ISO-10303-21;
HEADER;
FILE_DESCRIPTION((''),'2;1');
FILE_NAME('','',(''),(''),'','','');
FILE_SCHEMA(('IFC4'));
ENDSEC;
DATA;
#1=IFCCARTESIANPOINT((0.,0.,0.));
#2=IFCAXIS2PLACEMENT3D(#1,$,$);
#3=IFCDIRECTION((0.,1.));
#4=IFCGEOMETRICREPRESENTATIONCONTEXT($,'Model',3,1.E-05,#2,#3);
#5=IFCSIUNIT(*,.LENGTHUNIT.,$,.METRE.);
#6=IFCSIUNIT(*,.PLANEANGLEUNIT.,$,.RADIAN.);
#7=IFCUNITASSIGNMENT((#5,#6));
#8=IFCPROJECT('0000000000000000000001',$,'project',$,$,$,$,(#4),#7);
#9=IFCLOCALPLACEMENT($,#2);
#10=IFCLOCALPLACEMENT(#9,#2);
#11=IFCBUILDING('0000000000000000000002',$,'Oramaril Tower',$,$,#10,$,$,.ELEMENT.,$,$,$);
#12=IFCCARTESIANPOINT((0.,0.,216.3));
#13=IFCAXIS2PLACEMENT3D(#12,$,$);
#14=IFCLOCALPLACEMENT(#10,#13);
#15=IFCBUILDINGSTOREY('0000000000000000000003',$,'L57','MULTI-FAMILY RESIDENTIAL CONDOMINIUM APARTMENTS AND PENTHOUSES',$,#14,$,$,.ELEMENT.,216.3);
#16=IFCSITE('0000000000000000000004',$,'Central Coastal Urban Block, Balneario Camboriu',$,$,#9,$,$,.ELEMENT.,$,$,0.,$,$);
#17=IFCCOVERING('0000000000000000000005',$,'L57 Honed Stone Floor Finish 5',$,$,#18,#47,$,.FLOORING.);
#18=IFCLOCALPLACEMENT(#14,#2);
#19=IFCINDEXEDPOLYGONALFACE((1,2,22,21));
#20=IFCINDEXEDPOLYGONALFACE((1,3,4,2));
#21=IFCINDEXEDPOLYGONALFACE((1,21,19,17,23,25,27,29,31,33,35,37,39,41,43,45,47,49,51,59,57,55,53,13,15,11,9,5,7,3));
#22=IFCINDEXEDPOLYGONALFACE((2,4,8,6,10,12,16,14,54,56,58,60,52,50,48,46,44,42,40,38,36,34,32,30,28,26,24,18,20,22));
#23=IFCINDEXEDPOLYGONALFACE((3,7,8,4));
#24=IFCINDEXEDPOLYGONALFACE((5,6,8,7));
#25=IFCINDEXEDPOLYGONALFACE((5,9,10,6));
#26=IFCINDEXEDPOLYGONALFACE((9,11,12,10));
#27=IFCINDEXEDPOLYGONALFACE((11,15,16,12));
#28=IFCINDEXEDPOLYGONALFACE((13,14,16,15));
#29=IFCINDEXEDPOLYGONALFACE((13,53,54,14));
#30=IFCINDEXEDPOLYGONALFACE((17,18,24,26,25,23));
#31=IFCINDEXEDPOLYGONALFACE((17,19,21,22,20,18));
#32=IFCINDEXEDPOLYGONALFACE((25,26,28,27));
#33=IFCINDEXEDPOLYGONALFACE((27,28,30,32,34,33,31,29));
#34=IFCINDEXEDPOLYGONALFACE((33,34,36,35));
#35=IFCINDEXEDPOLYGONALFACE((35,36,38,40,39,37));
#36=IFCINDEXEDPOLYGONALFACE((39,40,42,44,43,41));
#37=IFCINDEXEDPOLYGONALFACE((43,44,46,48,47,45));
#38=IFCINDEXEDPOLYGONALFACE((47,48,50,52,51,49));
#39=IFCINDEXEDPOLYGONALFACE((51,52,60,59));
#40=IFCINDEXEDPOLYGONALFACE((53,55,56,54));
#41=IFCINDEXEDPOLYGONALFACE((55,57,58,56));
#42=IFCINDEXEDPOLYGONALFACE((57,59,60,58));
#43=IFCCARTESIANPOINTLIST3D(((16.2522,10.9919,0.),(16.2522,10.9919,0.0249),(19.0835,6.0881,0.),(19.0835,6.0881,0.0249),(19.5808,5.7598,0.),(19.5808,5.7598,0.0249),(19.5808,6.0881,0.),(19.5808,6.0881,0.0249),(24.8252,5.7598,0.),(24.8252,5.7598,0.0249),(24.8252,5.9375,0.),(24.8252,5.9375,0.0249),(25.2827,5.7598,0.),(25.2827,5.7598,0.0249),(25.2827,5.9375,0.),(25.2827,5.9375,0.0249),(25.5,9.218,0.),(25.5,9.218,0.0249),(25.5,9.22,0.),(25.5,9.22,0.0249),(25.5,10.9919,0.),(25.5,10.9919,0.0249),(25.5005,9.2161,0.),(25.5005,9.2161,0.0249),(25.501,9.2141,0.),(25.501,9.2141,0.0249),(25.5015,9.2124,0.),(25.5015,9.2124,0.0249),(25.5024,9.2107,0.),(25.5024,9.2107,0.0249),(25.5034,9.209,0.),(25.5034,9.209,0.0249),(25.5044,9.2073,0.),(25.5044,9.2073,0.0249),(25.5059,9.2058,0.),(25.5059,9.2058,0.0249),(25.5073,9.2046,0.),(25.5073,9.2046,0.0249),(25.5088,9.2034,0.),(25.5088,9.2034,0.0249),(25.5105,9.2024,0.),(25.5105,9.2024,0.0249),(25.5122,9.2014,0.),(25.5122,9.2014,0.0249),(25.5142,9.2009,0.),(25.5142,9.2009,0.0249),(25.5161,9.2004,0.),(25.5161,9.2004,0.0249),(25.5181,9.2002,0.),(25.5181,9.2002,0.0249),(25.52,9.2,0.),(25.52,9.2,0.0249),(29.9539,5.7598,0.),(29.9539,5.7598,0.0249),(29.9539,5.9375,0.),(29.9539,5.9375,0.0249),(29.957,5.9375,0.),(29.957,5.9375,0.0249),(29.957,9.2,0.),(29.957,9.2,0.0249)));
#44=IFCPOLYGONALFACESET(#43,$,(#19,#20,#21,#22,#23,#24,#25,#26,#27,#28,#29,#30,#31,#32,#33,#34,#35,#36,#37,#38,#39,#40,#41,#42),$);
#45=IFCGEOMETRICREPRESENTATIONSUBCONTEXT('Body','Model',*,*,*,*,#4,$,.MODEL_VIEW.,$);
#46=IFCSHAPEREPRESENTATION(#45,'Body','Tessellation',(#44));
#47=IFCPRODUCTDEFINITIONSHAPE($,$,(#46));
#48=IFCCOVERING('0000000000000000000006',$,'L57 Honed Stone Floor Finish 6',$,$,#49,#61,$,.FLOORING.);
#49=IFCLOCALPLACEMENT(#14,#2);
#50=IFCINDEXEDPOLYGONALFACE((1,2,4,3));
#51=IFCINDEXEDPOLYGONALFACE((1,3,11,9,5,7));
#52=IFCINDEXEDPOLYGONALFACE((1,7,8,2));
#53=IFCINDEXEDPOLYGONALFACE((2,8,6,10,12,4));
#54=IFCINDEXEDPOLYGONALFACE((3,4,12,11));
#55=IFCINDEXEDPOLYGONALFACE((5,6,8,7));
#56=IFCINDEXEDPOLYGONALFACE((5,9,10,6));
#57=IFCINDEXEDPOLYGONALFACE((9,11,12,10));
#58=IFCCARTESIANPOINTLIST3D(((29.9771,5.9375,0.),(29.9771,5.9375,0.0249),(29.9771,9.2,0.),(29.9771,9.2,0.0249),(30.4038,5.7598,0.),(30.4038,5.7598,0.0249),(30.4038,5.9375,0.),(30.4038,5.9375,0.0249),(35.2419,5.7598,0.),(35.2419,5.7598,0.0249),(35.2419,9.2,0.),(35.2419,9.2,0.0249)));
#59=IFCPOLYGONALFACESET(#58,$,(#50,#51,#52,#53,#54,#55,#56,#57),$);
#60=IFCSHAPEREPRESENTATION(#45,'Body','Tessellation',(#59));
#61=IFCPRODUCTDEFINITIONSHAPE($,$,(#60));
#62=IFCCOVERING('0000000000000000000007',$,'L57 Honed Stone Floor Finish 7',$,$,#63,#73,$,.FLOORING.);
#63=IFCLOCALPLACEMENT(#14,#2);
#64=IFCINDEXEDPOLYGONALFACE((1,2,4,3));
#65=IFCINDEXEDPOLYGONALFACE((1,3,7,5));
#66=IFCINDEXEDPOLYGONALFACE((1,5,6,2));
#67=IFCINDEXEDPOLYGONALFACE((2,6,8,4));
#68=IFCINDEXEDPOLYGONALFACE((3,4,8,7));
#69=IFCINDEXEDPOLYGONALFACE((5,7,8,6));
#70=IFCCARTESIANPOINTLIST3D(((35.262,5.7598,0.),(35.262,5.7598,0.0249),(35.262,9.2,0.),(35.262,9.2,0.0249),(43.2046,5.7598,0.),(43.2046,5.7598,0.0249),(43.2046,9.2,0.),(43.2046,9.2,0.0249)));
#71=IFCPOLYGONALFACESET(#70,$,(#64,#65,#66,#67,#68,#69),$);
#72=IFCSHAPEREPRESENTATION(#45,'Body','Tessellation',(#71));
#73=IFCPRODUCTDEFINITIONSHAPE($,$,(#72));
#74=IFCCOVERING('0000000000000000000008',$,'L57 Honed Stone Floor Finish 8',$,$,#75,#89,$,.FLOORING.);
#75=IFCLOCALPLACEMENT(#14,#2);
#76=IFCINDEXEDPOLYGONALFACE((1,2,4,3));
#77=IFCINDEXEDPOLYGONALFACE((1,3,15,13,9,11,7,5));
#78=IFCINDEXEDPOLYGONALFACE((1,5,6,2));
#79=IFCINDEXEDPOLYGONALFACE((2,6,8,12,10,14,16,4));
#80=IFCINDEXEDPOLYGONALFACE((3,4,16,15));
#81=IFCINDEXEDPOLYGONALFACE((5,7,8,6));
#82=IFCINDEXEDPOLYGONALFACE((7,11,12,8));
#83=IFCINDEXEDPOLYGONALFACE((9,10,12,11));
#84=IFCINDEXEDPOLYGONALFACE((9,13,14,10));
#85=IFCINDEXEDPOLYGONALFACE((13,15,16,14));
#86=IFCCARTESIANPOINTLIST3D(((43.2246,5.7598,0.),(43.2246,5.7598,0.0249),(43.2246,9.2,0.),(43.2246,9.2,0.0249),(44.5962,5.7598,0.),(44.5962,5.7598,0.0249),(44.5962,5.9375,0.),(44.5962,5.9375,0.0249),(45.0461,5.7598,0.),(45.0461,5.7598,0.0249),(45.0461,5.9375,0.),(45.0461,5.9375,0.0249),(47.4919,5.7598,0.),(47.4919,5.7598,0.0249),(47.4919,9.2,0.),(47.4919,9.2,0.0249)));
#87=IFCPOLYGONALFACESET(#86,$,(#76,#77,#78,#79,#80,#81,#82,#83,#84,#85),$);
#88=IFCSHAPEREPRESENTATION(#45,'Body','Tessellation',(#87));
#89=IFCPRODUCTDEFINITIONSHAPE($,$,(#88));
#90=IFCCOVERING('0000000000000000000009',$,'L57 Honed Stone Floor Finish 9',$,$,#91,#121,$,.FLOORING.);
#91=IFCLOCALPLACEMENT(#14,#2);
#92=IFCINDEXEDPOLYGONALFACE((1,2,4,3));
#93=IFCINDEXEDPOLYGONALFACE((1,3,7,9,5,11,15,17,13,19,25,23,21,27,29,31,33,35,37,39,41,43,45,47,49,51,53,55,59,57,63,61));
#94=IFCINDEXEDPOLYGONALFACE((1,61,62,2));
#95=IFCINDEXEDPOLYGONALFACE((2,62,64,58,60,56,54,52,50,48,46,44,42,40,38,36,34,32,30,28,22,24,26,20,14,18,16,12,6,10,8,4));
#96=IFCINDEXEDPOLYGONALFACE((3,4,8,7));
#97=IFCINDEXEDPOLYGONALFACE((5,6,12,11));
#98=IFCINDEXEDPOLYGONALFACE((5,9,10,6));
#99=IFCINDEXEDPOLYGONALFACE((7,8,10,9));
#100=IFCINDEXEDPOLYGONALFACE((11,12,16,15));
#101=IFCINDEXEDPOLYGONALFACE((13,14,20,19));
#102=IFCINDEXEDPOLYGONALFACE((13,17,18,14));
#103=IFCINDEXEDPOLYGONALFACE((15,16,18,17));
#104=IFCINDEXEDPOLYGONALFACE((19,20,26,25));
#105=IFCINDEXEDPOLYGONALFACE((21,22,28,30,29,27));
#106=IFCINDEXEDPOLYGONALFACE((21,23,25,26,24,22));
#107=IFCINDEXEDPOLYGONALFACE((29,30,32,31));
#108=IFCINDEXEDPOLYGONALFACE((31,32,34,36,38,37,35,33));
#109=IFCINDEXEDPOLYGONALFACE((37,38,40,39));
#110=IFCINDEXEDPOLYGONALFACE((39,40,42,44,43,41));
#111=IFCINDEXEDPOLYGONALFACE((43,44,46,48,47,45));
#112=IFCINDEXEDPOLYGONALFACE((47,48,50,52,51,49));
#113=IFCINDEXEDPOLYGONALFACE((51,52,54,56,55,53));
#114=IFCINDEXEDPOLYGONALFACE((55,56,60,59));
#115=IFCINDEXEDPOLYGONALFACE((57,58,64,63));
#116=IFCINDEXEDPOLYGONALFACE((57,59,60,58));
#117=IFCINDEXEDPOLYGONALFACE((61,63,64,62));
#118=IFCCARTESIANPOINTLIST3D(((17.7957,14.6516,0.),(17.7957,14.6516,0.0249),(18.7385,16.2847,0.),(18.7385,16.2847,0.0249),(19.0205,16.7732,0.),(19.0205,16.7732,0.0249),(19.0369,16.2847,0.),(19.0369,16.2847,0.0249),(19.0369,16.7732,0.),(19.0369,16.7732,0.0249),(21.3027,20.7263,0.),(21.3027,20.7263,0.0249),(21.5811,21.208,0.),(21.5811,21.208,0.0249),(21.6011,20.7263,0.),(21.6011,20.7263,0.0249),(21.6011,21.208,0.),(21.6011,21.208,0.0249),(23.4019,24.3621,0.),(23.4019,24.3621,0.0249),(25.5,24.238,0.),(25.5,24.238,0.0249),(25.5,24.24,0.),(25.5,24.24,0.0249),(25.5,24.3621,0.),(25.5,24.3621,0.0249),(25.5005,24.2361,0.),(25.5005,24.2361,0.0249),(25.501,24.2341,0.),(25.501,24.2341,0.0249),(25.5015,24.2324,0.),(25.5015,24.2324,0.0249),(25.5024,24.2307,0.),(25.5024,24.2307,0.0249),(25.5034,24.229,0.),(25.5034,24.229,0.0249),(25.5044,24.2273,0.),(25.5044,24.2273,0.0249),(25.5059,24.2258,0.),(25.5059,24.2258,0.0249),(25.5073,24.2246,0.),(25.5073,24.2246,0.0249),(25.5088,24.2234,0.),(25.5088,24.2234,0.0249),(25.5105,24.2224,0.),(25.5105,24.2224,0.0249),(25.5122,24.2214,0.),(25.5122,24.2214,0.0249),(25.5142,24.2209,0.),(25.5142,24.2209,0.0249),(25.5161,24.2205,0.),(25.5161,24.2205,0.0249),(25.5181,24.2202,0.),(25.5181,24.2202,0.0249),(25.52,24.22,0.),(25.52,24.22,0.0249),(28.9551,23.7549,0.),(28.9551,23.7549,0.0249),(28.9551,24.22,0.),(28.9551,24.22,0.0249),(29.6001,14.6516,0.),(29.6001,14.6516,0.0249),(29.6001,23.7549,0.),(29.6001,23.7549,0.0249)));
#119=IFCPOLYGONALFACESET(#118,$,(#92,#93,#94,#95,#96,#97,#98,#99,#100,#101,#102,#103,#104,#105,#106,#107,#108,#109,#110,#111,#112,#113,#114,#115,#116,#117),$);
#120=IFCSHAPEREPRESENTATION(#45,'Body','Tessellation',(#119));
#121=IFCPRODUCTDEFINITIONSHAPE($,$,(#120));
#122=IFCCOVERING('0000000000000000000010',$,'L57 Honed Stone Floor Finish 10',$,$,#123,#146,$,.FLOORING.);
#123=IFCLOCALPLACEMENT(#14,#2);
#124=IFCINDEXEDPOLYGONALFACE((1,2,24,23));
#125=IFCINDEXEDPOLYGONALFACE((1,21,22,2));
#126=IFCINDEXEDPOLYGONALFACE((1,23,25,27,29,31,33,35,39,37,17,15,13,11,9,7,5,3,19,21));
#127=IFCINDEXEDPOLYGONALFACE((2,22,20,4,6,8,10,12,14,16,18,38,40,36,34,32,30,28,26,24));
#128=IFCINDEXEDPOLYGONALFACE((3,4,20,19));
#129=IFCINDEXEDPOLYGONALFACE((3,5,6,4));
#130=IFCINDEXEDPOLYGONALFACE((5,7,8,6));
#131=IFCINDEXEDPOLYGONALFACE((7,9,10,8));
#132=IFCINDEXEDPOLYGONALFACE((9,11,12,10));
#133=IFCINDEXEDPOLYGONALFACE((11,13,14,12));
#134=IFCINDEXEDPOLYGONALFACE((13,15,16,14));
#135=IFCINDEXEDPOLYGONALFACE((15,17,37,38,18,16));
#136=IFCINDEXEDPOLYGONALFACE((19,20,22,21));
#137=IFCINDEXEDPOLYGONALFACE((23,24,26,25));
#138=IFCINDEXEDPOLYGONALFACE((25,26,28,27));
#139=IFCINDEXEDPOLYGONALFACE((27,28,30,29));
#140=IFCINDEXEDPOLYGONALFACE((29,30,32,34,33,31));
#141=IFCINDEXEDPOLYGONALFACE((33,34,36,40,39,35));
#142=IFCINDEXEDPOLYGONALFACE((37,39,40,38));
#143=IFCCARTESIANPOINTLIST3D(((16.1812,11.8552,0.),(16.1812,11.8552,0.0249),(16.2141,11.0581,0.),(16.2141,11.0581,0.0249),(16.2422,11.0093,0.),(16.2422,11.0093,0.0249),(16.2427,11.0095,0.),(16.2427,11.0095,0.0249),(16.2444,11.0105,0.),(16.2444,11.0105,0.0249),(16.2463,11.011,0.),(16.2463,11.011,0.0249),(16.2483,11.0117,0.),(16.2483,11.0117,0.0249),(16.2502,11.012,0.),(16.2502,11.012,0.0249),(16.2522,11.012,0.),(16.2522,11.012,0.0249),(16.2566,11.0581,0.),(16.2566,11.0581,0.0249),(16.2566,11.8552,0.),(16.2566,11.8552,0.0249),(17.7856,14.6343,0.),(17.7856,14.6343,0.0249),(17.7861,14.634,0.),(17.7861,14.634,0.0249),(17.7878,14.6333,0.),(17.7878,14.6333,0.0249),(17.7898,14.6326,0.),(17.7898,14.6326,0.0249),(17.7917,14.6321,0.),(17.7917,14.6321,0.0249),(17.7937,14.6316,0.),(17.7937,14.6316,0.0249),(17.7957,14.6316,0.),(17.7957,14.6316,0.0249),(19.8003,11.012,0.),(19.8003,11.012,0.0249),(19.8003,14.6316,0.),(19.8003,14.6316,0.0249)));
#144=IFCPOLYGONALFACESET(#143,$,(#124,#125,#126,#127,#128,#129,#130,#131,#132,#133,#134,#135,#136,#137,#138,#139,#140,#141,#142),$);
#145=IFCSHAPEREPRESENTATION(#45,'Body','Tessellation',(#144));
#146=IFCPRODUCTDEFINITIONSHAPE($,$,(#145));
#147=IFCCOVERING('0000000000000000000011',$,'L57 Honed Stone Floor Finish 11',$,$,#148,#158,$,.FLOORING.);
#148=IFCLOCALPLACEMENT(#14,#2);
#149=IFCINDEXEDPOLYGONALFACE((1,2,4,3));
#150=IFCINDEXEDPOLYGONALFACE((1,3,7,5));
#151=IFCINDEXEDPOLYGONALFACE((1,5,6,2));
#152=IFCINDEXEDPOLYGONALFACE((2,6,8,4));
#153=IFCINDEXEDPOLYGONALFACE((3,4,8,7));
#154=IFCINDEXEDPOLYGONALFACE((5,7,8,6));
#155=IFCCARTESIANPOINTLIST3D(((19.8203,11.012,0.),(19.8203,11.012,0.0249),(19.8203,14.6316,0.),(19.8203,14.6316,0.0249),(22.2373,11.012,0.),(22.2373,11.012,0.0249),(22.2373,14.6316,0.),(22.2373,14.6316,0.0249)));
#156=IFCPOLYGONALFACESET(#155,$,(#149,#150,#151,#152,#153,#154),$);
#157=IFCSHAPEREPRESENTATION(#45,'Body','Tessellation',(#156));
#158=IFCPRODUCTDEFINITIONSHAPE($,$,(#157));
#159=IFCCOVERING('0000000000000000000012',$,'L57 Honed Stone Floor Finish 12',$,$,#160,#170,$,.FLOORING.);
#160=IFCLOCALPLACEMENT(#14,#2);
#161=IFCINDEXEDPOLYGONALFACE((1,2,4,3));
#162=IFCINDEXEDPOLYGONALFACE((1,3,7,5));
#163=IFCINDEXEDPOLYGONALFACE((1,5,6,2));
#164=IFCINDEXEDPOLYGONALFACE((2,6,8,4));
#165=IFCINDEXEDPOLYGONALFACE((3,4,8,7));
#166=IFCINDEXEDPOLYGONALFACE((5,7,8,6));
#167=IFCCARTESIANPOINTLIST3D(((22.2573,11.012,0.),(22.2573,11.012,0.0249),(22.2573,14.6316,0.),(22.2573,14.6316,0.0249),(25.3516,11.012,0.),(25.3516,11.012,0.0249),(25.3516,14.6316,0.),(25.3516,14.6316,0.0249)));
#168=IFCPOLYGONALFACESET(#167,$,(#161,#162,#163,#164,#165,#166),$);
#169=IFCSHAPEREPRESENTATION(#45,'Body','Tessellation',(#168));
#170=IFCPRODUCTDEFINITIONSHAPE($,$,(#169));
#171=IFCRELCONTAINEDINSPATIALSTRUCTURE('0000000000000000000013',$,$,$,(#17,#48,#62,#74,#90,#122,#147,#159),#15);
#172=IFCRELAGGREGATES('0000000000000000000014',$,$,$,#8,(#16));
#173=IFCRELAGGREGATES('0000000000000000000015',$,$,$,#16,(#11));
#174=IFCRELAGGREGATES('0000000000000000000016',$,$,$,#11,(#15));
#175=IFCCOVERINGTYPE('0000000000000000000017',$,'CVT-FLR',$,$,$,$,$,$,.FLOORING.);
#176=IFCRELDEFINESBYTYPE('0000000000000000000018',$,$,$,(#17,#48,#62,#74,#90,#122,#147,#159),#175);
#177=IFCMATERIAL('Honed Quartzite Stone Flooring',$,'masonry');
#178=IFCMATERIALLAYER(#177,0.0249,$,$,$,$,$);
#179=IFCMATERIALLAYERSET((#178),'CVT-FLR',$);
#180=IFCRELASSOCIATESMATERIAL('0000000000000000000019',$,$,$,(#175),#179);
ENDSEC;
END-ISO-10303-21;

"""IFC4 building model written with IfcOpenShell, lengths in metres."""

from ifc_helpers import new_model, si_unit, direction, frame, origin, place, context, subcontext, project, spatial, polyline, outline, extrude, material, layer, layer_set, type_object, element, save


model = new_model("IFC4")

# Units and contexts
model_context = context("Model", 3, precision=1e-05, world=origin(), true_north=direction((0.0, 1.0)))
body_context = subcontext(model_context, "Body", "Model", "MODEL_VIEW")
ifc_project = project(units=[si_unit("LENGTHUNIT", "METRE"), si_unit("PLANEANGLEUNIT", "RADIAN")], contexts=[model_context])

# Site, building, storey
site_placement = place(None, origin())
site = spatial("IfcSite", under=ifc_project, at=site_placement, Name="Central Coastal Urban Block, Balneario Camboriu", CompositionType="ELEMENT", RefElevation=0.0)
building_placement = place(site_placement, origin())
building = spatial("IfcBuilding", under=site, at=building_placement, Name="Oramaril Tower", CompositionType="ELEMENT")
storey_placement = place(building_placement, frame((0.0, 0.0, 216.3)))
storey = spatial("IfcBuildingStorey", under=building, at=storey_placement, Name="L57", Description="MULTI-FAMILY RESIDENTIAL CONDOMINIUM APARTMENTS AND PENTHOUSES", CompositionType="ELEMENT", Elevation=216.3)

# Coverings
ifc_material_1 = material(Name="Honed Quartzite Stone Flooring", Category="masonry")
ifc_layer_1 = layer(ifc_material_1, 0.0249)
ifc_layer_set_1 = layer_set([ifc_layer_1], Name="CVT-FLR")
covering_type_1 = type_object("IfcCoveringType", Name="CVT-FLR", PredefinedType="FLOORING", material=ifc_layer_set_1)
covering_1_placement = place(storey_placement, origin())
element("IfcCovering", 1, at=covering_1_placement, inside=storey, type_object=covering_type_1, Name="L57 Honed Stone Floor Finish 5", PredefinedType="FLOORING", context=body_context, shape_type="SweptSolid", body=[
    extrude(outline(polyline([(29.957, 5.9375), (29.9539, 5.9375), (29.9539, 5.7598), (25.2827, 5.7598), (25.2827, 5.9375), (24.8252, 5.9375), (24.8252, 5.7598), (19.5808, 5.7598), (19.5808, 6.0881), (19.0835, 6.0881), (16.2522, 10.9919), (25.5, 10.9919), (25.5, 9.22), (25.5, 9.218), (25.5005, 9.2161), (25.501, 9.2141), (25.5015, 9.2124), (25.5024, 9.2107), (25.5034, 9.209), (25.5044, 9.2073), (25.5059, 9.2058), (25.5073, 9.2046), (25.5088, 9.2034), (25.5105, 9.2024), (25.5122, 9.2014), (25.5142, 9.2009), (25.5161, 9.2004), (25.5181, 9.2002), (25.52, 9.2), (29.957, 9.2), (29.957, 5.9375)])), origin(), (0.0, 0.0, 1.0), 0.0249),
])
covering_2_placement = place(storey_placement, origin())
element("IfcCovering", 2, at=covering_2_placement, inside=storey, type_object=covering_type_1, Name="L57 Honed Stone Floor Finish 6", PredefinedType="FLOORING", context=body_context, shape_type="SweptSolid", body=[
    extrude(outline(polyline([(30.4038, 5.7598), (30.4038, 5.9375), (29.9771, 5.9375), (29.9771, 9.2), (35.2419, 9.2), (35.2419, 5.7598), (30.4038, 5.7598)])), origin(), (0.0, 0.0, 1.0), 0.0249),
])
covering_3_placement = place(storey_placement, origin())
element("IfcCovering", 3, at=covering_3_placement, inside=storey, type_object=covering_type_1, Name="L57 Honed Stone Floor Finish 7", PredefinedType="FLOORING", context=body_context, shape_type="SweptSolid", body=[
    extrude(outline(polyline([(35.262, 5.7598), (35.262, 9.2), (43.2046, 9.2), (43.2046, 5.7598), (35.262, 5.7598)])), origin(), (0.0, 0.0, 1.0), 0.0249),
])
covering_4_placement = place(storey_placement, origin())
element("IfcCovering", 4, at=covering_4_placement, inside=storey, type_object=covering_type_1, Name="L57 Honed Stone Floor Finish 8", PredefinedType="FLOORING", context=body_context, shape_type="SweptSolid", body=[
    extrude(outline(polyline([(45.0461, 5.9375), (44.5962, 5.9375), (44.5962, 5.7598), (43.2246, 5.7598), (43.2246, 9.2), (47.4919, 9.2), (47.4919, 5.7598), (45.0461, 5.7598), (45.0461, 5.9375)])), origin(), (0.0, 0.0, 1.0), 0.0249),
])
covering_5_placement = place(storey_placement, origin())
element("IfcCovering", 5, at=covering_5_placement, inside=storey, type_object=covering_type_1, Name="L57 Honed Stone Floor Finish 9", PredefinedType="FLOORING", context=body_context, shape_type="SweptSolid", body=[
    extrude(outline(polyline([(28.9551, 23.7549), (29.6001, 23.7549), (29.6001, 14.6516), (17.7957, 14.6516), (18.7385, 16.2847), (19.0369, 16.2847), (19.0369, 16.7732), (19.0205, 16.7732), (21.3027, 20.7263), (21.6011, 20.7263), (21.6011, 21.208), (21.5811, 21.208), (23.4019, 24.3621), (25.5, 24.3621), (25.5, 24.24), (25.5, 24.238), (25.5005, 24.2361), (25.501, 24.2341), (25.5015, 24.2324), (25.5024, 24.2307), (25.5034, 24.229), (25.5044, 24.2273), (25.5059, 24.2258), (25.5073, 24.2246), (25.5088, 24.2234), (25.5105, 24.2224), (25.5122, 24.2214), (25.5142, 24.2209), (25.5161, 24.2205), (25.5181, 24.2202), (25.52, 24.22), (28.9551, 24.22), (28.9551, 23.7549)])), origin(), (0.0, 0.0, 1.0), 0.0249),
])
covering_6_placement = place(storey_placement, origin())
element("IfcCovering", 6, at=covering_6_placement, inside=storey, type_object=covering_type_1, Name="L57 Honed Stone Floor Finish 10", PredefinedType="FLOORING", context=body_context, shape_type="SweptSolid", body=[
    extrude(outline(polyline([(16.2141, 11.0581), (16.2566, 11.0581), (16.2566, 11.8552), (16.1812, 11.8552), (17.7856, 14.6343), (17.7861, 14.634), (17.7878, 14.6333), (17.7898, 14.6326), (17.7917, 14.6321), (17.7937, 14.6316), (17.7957, 14.6316), (19.8003, 14.6316), (19.8003, 11.012), (16.2522, 11.012), (16.2502, 11.012), (16.2483, 11.0117), (16.2463, 11.011), (16.2444, 11.0105), (16.2427, 11.0095), (16.2422, 11.0093), (16.2141, 11.0581)])), origin(), (0.0, 0.0, 1.0), 0.0249),
])
covering_7_placement = place(storey_placement, origin())
element("IfcCovering", 7, at=covering_7_placement, inside=storey, type_object=covering_type_1, Name="L57 Honed Stone Floor Finish 11", PredefinedType="FLOORING", context=body_context, shape_type="SweptSolid", body=[
    extrude(outline(polyline([(22.2373, 11.012), (19.8203, 11.012), (19.8203, 14.6316), (22.2373, 14.6316), (22.2373, 11.012)])), origin(), (0.0, 0.0, 1.0), 0.0249),
])
covering_8_placement = place(storey_placement, origin())
element("IfcCovering", 8, at=covering_8_placement, inside=storey, type_object=covering_type_1, Name="L57 Honed Stone Floor Finish 12", PredefinedType="FLOORING", context=body_context, shape_type="SweptSolid", body=[
    extrude(outline(polyline([(25.3516, 11.012), (22.2573, 11.012), (22.2573, 14.6316), (25.3516, 14.6316), (25.3516, 11.012)])), origin(), (0.0, 0.0, 1.0), 0.0249),
])

save(model, "model.ifc")
